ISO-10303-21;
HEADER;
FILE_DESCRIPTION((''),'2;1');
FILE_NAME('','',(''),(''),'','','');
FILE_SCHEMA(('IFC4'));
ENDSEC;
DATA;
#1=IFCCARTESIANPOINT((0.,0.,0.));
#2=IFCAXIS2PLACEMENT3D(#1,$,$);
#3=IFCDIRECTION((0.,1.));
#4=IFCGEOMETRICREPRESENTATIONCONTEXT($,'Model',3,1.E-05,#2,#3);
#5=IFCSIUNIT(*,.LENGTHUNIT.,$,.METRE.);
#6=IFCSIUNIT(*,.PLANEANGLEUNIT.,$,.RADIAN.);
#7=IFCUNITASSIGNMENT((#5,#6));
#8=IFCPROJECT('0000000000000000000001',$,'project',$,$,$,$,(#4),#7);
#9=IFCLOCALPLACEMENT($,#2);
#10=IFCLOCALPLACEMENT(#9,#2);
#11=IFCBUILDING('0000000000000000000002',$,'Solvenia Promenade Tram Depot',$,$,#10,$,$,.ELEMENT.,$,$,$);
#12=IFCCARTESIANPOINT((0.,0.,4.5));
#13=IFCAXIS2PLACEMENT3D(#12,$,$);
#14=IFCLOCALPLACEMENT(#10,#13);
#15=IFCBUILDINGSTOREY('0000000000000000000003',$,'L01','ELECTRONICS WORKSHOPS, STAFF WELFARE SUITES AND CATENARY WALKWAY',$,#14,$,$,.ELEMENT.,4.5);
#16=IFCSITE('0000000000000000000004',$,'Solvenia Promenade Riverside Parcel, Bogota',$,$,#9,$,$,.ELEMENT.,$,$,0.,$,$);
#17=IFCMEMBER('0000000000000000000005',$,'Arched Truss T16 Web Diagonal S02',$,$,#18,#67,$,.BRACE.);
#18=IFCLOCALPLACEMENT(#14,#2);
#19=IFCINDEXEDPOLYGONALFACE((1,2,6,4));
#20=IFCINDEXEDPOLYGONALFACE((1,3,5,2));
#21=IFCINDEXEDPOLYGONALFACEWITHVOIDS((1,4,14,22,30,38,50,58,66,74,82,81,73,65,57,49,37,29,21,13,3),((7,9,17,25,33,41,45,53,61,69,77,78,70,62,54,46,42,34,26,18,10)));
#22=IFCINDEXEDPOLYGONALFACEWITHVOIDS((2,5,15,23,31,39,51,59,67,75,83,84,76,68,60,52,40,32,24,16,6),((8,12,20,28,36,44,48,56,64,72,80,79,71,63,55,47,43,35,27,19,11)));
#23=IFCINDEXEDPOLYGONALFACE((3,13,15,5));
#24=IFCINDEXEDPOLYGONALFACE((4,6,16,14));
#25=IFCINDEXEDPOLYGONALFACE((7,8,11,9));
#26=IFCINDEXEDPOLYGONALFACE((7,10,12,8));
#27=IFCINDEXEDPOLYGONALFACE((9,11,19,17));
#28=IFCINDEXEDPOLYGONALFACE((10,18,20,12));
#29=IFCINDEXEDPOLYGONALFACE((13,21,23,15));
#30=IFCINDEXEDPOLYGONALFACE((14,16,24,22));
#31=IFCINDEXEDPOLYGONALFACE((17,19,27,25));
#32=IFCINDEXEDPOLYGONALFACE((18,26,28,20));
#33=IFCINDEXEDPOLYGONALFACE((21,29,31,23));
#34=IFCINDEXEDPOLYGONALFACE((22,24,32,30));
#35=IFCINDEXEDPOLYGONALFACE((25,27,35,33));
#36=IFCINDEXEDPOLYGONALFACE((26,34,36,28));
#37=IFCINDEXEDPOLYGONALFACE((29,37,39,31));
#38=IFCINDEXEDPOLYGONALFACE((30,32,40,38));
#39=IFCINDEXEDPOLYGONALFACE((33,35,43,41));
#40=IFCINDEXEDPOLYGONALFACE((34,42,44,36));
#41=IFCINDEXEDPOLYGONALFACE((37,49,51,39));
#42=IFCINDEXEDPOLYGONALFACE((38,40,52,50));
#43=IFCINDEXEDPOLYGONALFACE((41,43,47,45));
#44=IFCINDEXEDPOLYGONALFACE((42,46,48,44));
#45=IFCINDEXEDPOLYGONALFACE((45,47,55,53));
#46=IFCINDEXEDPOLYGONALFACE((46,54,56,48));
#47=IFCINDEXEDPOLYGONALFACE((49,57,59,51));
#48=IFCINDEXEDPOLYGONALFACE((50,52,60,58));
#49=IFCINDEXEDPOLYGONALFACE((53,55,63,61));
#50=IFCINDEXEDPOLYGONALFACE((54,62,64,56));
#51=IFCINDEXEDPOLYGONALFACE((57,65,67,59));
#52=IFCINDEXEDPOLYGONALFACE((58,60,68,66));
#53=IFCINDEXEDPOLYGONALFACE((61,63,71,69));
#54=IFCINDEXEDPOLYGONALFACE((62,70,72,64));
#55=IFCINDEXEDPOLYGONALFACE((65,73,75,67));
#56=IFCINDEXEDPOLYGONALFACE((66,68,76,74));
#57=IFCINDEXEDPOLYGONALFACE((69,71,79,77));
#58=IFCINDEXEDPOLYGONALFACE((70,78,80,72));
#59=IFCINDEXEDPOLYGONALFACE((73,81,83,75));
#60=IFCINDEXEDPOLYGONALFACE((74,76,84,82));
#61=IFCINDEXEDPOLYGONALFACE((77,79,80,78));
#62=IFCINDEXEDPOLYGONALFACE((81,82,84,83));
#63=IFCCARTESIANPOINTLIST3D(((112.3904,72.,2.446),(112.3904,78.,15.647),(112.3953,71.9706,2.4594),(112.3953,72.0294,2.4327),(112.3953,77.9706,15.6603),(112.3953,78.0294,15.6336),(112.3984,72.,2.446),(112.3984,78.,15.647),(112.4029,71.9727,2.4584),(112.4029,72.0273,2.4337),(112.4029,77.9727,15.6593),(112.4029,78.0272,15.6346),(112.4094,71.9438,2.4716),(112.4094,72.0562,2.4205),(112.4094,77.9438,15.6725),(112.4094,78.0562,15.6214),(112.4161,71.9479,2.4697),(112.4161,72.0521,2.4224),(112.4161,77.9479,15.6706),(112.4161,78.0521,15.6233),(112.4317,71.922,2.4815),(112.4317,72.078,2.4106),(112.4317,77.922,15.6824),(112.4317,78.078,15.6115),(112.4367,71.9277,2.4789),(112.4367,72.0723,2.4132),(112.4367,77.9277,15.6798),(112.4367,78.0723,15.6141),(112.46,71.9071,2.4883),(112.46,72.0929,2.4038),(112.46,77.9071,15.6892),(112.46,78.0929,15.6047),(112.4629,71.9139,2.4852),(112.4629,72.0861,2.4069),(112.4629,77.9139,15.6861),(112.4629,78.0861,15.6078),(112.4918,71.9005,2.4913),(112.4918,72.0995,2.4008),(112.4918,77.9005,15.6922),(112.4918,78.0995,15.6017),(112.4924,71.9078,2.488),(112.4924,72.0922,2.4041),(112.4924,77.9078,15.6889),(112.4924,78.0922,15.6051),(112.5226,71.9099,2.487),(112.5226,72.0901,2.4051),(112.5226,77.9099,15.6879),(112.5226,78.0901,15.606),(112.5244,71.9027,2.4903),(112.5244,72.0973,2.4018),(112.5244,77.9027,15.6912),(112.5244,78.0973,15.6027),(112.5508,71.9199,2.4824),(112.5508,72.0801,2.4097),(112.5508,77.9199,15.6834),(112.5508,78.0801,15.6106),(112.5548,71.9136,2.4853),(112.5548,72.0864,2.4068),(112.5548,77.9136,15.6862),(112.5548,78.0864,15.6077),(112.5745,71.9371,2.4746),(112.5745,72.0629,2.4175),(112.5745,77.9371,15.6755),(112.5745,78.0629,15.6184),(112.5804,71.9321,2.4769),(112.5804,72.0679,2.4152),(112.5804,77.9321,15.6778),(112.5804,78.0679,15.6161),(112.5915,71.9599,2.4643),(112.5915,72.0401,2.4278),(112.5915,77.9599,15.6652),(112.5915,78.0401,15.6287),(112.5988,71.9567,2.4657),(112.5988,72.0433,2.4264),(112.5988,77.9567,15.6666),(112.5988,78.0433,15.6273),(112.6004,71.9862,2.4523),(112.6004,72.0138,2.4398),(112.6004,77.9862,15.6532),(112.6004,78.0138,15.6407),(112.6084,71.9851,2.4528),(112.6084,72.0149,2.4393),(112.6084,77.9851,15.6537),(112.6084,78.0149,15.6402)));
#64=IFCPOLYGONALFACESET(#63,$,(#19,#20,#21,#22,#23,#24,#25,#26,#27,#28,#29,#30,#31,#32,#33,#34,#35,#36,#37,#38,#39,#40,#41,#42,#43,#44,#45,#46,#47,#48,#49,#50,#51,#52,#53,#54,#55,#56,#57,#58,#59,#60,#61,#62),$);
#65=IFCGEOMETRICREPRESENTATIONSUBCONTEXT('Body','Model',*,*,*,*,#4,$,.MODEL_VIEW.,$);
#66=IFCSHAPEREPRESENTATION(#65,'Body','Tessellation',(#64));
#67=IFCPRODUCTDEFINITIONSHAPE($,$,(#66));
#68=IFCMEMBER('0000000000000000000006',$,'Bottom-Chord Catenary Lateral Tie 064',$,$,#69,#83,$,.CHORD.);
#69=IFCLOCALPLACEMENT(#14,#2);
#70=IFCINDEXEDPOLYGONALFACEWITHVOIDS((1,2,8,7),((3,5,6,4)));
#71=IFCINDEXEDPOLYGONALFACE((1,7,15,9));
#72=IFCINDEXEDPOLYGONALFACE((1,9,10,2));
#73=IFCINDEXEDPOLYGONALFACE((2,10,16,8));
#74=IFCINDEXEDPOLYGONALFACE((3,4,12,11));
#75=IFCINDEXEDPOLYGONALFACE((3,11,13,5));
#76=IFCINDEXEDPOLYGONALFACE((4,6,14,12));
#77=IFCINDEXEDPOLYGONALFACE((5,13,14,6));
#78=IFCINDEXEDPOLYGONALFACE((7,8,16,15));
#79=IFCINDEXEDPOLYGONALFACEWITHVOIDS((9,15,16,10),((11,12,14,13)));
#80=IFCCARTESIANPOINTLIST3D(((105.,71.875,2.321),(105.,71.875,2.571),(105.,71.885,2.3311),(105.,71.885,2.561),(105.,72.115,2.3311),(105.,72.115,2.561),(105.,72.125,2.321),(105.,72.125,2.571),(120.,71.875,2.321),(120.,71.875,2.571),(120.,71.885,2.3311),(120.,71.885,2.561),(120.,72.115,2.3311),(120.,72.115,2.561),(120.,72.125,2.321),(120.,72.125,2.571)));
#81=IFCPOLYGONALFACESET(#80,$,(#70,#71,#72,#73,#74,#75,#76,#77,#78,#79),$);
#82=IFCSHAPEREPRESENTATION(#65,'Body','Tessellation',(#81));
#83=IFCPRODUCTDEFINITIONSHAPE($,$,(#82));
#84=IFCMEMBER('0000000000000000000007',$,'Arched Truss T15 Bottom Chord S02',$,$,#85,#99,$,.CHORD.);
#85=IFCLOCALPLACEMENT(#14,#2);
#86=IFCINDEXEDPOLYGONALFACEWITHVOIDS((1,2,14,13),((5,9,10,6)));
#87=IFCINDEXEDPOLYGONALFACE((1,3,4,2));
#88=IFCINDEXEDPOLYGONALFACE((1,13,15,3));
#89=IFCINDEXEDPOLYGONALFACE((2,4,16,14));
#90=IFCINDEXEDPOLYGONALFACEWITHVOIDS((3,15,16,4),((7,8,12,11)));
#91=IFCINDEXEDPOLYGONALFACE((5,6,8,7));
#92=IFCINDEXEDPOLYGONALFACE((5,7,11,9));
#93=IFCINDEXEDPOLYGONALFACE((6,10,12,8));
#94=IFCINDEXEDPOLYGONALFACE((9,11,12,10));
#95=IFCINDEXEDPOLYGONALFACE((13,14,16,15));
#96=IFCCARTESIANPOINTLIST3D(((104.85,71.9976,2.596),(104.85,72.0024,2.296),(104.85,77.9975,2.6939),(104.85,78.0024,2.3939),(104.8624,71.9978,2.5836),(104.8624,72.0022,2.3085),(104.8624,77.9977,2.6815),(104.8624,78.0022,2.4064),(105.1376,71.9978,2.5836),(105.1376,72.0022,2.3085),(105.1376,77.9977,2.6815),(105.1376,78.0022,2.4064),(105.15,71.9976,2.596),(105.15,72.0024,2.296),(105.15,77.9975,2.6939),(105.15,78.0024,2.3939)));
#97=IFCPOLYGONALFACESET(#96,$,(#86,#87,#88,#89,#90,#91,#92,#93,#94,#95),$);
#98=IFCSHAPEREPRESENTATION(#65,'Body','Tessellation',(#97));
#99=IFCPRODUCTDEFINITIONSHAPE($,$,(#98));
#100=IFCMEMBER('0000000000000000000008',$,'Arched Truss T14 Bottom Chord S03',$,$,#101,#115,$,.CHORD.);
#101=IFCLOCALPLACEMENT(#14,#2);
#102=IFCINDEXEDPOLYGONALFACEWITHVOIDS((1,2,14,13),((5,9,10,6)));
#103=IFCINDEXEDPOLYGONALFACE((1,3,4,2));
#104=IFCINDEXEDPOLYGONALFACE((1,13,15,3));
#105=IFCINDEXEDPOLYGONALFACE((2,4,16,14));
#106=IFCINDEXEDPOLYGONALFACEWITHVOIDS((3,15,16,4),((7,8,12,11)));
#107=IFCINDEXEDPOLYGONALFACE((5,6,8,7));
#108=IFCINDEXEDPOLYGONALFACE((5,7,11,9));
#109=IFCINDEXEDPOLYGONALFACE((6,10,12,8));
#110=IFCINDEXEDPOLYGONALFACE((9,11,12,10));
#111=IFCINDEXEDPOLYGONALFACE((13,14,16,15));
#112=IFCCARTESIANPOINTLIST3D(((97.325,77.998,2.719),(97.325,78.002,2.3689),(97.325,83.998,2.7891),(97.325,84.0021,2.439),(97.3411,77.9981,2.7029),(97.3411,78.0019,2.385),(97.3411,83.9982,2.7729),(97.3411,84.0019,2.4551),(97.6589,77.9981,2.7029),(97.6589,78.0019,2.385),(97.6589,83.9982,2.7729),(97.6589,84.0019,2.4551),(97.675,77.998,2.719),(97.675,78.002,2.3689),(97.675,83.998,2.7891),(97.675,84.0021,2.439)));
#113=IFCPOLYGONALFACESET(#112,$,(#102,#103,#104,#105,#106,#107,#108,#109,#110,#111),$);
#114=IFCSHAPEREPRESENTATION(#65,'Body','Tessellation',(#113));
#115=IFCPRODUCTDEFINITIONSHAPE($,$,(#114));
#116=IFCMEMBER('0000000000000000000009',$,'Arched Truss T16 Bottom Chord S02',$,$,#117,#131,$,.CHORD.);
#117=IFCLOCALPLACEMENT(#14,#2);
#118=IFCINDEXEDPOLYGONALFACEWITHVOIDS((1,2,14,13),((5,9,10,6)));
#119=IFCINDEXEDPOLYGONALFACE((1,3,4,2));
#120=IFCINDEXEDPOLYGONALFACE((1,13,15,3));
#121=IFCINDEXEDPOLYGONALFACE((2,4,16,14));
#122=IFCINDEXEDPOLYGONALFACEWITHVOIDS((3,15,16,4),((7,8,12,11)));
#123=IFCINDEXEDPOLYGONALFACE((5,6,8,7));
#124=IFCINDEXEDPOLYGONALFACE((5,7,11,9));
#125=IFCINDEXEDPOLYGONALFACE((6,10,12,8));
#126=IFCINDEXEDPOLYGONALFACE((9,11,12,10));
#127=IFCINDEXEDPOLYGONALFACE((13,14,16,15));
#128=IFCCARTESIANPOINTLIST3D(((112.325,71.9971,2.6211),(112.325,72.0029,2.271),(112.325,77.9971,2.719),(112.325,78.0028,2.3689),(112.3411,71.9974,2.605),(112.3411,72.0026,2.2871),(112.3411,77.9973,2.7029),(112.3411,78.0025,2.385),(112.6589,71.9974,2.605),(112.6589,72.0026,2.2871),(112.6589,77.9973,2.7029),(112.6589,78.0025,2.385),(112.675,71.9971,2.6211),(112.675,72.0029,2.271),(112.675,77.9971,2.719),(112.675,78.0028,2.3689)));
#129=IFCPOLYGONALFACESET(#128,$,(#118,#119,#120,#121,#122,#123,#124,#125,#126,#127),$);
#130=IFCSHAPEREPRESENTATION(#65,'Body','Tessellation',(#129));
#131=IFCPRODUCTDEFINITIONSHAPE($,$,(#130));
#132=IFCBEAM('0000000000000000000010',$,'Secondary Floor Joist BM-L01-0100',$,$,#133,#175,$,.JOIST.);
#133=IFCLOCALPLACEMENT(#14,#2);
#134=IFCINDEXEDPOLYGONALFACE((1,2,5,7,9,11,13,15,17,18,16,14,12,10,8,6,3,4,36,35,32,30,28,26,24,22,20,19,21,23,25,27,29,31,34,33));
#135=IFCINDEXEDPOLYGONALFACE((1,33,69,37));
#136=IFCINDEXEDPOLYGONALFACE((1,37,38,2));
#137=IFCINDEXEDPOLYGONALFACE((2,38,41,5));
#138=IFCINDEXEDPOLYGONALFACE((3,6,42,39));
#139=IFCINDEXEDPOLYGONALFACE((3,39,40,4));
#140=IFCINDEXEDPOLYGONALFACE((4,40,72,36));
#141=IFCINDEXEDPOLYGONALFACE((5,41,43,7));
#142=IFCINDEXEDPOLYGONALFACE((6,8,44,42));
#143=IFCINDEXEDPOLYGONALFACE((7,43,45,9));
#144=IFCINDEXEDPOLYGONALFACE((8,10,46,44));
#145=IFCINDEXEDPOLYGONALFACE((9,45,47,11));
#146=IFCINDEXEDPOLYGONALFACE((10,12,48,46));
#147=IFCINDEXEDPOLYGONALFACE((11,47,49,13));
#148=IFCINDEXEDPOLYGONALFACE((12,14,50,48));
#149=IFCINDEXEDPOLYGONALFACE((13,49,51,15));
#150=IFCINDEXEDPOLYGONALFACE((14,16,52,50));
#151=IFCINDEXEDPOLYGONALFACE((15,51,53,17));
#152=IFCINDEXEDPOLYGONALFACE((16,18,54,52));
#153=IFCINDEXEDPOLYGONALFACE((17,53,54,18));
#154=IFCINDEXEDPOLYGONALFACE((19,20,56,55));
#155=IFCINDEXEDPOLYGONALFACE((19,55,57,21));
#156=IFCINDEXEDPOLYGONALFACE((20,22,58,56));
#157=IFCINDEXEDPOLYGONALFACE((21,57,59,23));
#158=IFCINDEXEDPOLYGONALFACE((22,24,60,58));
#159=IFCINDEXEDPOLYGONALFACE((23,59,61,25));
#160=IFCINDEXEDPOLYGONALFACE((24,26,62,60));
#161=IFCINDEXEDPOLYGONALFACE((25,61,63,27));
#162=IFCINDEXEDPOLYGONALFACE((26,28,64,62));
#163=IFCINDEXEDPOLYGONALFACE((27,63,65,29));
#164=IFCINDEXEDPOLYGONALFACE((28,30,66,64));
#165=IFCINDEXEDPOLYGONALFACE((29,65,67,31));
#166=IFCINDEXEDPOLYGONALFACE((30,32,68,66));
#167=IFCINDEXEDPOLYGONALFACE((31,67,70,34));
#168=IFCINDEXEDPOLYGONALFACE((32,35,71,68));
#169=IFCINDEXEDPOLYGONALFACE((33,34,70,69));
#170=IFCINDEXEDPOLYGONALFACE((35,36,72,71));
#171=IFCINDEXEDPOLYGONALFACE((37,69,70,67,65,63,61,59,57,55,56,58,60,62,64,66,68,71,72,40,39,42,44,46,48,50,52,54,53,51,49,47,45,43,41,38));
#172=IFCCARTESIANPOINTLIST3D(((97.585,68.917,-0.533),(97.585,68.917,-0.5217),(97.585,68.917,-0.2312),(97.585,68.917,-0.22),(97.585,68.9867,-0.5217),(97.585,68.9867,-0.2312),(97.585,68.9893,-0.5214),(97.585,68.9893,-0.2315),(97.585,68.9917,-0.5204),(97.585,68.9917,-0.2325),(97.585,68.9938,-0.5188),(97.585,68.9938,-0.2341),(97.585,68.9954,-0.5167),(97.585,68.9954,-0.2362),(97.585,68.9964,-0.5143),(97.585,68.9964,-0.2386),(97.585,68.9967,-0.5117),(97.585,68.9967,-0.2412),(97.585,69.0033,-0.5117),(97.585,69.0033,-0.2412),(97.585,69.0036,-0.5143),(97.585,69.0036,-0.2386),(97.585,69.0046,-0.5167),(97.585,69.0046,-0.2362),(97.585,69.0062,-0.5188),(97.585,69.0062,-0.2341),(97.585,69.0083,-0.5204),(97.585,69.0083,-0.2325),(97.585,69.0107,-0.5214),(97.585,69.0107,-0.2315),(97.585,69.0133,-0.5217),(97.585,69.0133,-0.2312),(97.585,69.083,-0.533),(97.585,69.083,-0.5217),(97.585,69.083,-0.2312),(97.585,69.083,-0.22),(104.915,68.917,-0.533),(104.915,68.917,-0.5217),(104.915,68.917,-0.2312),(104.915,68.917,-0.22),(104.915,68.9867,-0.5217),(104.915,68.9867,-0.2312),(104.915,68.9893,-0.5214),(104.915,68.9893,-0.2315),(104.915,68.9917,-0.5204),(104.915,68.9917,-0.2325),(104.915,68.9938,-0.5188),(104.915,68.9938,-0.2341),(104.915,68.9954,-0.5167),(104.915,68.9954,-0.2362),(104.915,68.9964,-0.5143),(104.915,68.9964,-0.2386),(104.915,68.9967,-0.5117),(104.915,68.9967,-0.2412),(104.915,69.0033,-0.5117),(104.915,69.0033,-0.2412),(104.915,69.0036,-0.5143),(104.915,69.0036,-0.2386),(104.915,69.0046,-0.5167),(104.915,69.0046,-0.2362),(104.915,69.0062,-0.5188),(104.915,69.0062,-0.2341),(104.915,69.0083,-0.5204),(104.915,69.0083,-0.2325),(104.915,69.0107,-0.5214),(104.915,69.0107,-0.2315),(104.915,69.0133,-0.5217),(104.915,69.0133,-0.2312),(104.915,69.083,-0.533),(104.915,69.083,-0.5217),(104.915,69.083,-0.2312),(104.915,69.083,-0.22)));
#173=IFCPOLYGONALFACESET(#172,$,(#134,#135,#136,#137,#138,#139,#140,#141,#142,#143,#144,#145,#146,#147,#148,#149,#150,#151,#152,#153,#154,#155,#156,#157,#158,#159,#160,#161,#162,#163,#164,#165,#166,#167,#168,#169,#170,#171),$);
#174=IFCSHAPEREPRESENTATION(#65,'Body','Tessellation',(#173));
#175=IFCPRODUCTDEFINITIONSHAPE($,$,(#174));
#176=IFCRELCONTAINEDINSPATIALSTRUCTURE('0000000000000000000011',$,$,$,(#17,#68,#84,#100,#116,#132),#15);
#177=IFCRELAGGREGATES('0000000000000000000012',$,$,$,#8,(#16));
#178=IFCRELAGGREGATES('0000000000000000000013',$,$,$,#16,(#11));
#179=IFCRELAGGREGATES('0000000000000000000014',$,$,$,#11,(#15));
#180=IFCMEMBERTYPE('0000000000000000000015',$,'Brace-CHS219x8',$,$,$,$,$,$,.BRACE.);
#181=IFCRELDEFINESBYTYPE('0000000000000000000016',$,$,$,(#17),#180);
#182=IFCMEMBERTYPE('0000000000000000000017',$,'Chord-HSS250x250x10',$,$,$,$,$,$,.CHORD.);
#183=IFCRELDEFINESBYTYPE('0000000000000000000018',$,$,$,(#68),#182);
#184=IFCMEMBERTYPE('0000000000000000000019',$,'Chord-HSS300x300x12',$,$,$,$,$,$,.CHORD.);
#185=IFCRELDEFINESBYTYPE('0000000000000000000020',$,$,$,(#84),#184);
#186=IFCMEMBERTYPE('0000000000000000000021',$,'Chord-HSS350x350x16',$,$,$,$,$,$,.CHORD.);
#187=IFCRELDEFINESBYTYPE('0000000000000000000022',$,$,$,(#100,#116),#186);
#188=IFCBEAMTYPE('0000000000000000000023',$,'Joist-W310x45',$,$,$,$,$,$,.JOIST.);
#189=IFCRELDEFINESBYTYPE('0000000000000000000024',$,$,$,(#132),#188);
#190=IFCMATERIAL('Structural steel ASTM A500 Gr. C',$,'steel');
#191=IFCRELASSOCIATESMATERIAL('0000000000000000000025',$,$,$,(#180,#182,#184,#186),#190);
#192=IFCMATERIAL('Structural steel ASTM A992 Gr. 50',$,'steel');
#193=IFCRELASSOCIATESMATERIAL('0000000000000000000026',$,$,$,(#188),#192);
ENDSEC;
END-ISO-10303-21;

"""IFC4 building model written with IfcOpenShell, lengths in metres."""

from ifc_helpers import new_model, si_unit, direction, frame, origin, origin_2d, place, context, subcontext, project, spatial, hollow_rectangle, hollow_circle, i_section, extrude, material, material_profile, profile_set, type_object, element, save


model = new_model("IFC4")

# Units and contexts
model_context = context("Model", 3, precision=1e-05, world=origin(), true_north=direction((0.0, 1.0)))
body_context = subcontext(model_context, "Body", "Model", "MODEL_VIEW")
ifc_project = project(units=[si_unit("LENGTHUNIT", "METRE"), si_unit("PLANEANGLEUNIT", "RADIAN")], contexts=[model_context])

# Site, building, storey
site_placement = place(None, origin())
site = spatial("IfcSite", under=ifc_project, at=site_placement, Name="Solvenia Promenade Riverside Parcel, Bogota", CompositionType="ELEMENT", RefElevation=0.0)
building_placement = place(site_placement, origin())
building = spatial("IfcBuilding", under=site, at=building_placement, Name="Solvenia Promenade Tram Depot", CompositionType="ELEMENT")
storey_placement = place(building_placement, frame((0.0, 0.0, 4.5)))
storey = spatial("IfcBuildingStorey", under=building, at=storey_placement, Name="L01", Description="ELECTRONICS WORKSHOPS, STAFF WELFARE SUITES AND CATENARY WALKWAY", CompositionType="ELEMENT", Elevation=4.5)

# Shared definitions
ifc_material_1 = material(Name="Structural steel ASTM A992 Gr. 50", Category="steel")

# Members
ifc_material_2 = material(Name="Structural steel ASTM A500 Gr. C", Category="steel")
ifc_material_profile_1 = material_profile(ifc_material_2, hollow_circle(Radius=0.1096, WallThickness=0.0081, at=origin_2d()), Name="CHS219.1x8", Category="steel")
ifc_profile_set_1 = profile_set([ifc_material_profile_1], Name="Structural steel ASTM A500 Gr. C")
member_type_1 = type_object("IfcMemberType", Name="Brace-CHS219x8", PredefinedType="BRACE", material=ifc_profile_set_1)
member_1_placement = place(storey_placement, frame((112.5, 72.0, 2.446), z_axis=(0.0, 0.413779, 0.910377), x_axis=(-1.0, 0.0, 0.0)))
element("IfcMember", 1, at=member_1_placement, inside=storey, type_object=member_type_1, Name="Arched Truss T16 Web Diagonal S02", PredefinedType="BRACE", context=body_context, shape_type="SweptSolid", body=[
    extrude(hollow_circle(Radius=0.1096, WallThickness=0.0081, at=origin_2d()), origin(), (0.0, 0.0, 1.0), 14.5005),
])
ifc_material_profile_2 = material_profile(ifc_material_2, hollow_rectangle(XDim=0.25, YDim=0.25, WallThickness=0.01, at=origin_2d()), Name="HSS250x250x10", Category="steel")
ifc_profile_set_2 = profile_set([ifc_material_profile_2], Name="Structural steel ASTM A500 Gr. C")
member_type_2 = type_object("IfcMemberType", Name="Chord-HSS250x250x10", PredefinedType="CHORD", material=ifc_profile_set_2)
member_2_placement = place(storey_placement, frame((105.0, 72.0, 2.446), z_axis=(1.0, 0.0, 0.0), x_axis=(0.0, 1.0, 0.0)))
element("IfcMember", 2, at=member_2_placement, inside=storey, type_object=member_type_2, Name="Bottom-Chord Catenary Lateral Tie 064", PredefinedType="CHORD", context=body_context, shape_type="SweptSolid", body=[
    extrude(hollow_rectangle(XDim=0.25, YDim=0.25, WallThickness=0.01, at=origin_2d()), origin(), (0.0, 0.0, 1.0), 15.0),
])
ifc_material_profile_3 = material_profile(ifc_material_2, hollow_rectangle(XDim=0.3, YDim=0.3, WallThickness=0.0125, at=origin_2d()), Name="HSS300x300x12.5", Category="steel")
ifc_profile_set_3 = profile_set([ifc_material_profile_3], Name="Structural steel ASTM A500 Gr. C")
member_type_3 = type_object("IfcMemberType", Name="Chord-HSS300x300x12", PredefinedType="CHORD", material=ifc_profile_set_3)
member_3_placement = place(storey_placement, frame((105.0, 72.0, 2.446), z_axis=(0.0, 0.999867, 0.016315), x_axis=(-1.0, 0.0, 0.0)))
element("IfcMember", 3, at=member_3_placement, inside=storey, type_object=member_type_3, Name="Arched Truss T15 Bottom Chord S02", PredefinedType="CHORD", context=body_context, shape_type="SweptSolid", body=[
    extrude(hollow_rectangle(XDim=0.3, YDim=0.3, WallThickness=0.0125, at=origin_2d()), origin(), (0.0, 0.0, 1.0), 6.0007),
])
ifc_material_profile_4 = material_profile(ifc_material_2, hollow_rectangle(XDim=0.3501, YDim=0.3501, WallThickness=0.0161, at=origin_2d()), Name="HSS350x350x16", Category="steel")
ifc_profile_set_4 = profile_set([ifc_material_profile_4], Name="Structural steel ASTM A500 Gr. C")
member_type_4 = type_object("IfcMemberType", Name="Chord-HSS350x350x16", PredefinedType="CHORD", material=ifc_profile_set_4)
member_4_placement = place(storey_placement, frame((97.5, 78.0, 2.5439), z_axis=(0.0, 0.999932, 0.011677), x_axis=(-1.0, 0.0, 0.0)))
element("IfcMember", 4, at=member_4_placement, inside=storey, type_object=member_type_4, Name="Arched Truss T14 Bottom Chord S03", PredefinedType="CHORD", context=body_context, shape_type="SweptSolid", body=[
    extrude(hollow_rectangle(XDim=0.3501, YDim=0.3501, WallThickness=0.0161, at=origin_2d()), origin(), (0.0, 0.0, 1.0), 6.0005),
])
member_5_placement = place(storey_placement, frame((112.5, 72.0, 2.446), z_axis=(0.0, 0.999867, 0.016315), x_axis=(-1.0, 0.0, 0.0)))
element("IfcMember", 5, at=member_5_placement, inside=storey, type_object=member_type_4, Name="Arched Truss T16 Bottom Chord S02", PredefinedType="CHORD", context=body_context, shape_type="SweptSolid", body=[
    extrude(hollow_rectangle(XDim=0.3501, YDim=0.3501, WallThickness=0.0161, at=origin_2d()), origin(), (0.0, 0.0, 1.0), 6.0007),
])

# Beam
ifc_material_profile_5 = material_profile(ifc_material_1, i_section(OverallWidth=0.166, OverallDepth=0.313, WebThickness=0.0066, FlangeThickness=0.0112, FilletRadius=0.01, at=origin_2d()), Name="W310x45", Category="steel")
ifc_profile_set_5 = profile_set([ifc_material_profile_5], Name="Structural steel ASTM A992 Gr. 50")
beam_type_1 = type_object("IfcBeamType", Name="Joist-W310x45", PredefinedType="JOIST", material=ifc_profile_set_5)
for number, where, z_axis, x_axis, name in (
    (6, (97.585, 69.0, -0.3765), (1.0, 0.0, 0.0), (0.0, 1.0, 0.0), "Secondary Floor Joist BM-L01-0100"),
):
    element("IfcBeam", number, at=place(storey_placement, frame(where, z_axis=z_axis, x_axis=x_axis)), inside=storey, type_object=beam_type_1, Name=name, PredefinedType="JOIST", context=body_context, shape_type="SweptSolid", body=[
        extrude(i_section(OverallWidth=0.166, OverallDepth=0.313, WebThickness=0.0066, FlangeThickness=0.0112, FilletRadius=0.01, at=origin_2d()), origin(), (0.0, 0.0, 1.0), 7.3301),
    ])

save(model, "model.ifc")
